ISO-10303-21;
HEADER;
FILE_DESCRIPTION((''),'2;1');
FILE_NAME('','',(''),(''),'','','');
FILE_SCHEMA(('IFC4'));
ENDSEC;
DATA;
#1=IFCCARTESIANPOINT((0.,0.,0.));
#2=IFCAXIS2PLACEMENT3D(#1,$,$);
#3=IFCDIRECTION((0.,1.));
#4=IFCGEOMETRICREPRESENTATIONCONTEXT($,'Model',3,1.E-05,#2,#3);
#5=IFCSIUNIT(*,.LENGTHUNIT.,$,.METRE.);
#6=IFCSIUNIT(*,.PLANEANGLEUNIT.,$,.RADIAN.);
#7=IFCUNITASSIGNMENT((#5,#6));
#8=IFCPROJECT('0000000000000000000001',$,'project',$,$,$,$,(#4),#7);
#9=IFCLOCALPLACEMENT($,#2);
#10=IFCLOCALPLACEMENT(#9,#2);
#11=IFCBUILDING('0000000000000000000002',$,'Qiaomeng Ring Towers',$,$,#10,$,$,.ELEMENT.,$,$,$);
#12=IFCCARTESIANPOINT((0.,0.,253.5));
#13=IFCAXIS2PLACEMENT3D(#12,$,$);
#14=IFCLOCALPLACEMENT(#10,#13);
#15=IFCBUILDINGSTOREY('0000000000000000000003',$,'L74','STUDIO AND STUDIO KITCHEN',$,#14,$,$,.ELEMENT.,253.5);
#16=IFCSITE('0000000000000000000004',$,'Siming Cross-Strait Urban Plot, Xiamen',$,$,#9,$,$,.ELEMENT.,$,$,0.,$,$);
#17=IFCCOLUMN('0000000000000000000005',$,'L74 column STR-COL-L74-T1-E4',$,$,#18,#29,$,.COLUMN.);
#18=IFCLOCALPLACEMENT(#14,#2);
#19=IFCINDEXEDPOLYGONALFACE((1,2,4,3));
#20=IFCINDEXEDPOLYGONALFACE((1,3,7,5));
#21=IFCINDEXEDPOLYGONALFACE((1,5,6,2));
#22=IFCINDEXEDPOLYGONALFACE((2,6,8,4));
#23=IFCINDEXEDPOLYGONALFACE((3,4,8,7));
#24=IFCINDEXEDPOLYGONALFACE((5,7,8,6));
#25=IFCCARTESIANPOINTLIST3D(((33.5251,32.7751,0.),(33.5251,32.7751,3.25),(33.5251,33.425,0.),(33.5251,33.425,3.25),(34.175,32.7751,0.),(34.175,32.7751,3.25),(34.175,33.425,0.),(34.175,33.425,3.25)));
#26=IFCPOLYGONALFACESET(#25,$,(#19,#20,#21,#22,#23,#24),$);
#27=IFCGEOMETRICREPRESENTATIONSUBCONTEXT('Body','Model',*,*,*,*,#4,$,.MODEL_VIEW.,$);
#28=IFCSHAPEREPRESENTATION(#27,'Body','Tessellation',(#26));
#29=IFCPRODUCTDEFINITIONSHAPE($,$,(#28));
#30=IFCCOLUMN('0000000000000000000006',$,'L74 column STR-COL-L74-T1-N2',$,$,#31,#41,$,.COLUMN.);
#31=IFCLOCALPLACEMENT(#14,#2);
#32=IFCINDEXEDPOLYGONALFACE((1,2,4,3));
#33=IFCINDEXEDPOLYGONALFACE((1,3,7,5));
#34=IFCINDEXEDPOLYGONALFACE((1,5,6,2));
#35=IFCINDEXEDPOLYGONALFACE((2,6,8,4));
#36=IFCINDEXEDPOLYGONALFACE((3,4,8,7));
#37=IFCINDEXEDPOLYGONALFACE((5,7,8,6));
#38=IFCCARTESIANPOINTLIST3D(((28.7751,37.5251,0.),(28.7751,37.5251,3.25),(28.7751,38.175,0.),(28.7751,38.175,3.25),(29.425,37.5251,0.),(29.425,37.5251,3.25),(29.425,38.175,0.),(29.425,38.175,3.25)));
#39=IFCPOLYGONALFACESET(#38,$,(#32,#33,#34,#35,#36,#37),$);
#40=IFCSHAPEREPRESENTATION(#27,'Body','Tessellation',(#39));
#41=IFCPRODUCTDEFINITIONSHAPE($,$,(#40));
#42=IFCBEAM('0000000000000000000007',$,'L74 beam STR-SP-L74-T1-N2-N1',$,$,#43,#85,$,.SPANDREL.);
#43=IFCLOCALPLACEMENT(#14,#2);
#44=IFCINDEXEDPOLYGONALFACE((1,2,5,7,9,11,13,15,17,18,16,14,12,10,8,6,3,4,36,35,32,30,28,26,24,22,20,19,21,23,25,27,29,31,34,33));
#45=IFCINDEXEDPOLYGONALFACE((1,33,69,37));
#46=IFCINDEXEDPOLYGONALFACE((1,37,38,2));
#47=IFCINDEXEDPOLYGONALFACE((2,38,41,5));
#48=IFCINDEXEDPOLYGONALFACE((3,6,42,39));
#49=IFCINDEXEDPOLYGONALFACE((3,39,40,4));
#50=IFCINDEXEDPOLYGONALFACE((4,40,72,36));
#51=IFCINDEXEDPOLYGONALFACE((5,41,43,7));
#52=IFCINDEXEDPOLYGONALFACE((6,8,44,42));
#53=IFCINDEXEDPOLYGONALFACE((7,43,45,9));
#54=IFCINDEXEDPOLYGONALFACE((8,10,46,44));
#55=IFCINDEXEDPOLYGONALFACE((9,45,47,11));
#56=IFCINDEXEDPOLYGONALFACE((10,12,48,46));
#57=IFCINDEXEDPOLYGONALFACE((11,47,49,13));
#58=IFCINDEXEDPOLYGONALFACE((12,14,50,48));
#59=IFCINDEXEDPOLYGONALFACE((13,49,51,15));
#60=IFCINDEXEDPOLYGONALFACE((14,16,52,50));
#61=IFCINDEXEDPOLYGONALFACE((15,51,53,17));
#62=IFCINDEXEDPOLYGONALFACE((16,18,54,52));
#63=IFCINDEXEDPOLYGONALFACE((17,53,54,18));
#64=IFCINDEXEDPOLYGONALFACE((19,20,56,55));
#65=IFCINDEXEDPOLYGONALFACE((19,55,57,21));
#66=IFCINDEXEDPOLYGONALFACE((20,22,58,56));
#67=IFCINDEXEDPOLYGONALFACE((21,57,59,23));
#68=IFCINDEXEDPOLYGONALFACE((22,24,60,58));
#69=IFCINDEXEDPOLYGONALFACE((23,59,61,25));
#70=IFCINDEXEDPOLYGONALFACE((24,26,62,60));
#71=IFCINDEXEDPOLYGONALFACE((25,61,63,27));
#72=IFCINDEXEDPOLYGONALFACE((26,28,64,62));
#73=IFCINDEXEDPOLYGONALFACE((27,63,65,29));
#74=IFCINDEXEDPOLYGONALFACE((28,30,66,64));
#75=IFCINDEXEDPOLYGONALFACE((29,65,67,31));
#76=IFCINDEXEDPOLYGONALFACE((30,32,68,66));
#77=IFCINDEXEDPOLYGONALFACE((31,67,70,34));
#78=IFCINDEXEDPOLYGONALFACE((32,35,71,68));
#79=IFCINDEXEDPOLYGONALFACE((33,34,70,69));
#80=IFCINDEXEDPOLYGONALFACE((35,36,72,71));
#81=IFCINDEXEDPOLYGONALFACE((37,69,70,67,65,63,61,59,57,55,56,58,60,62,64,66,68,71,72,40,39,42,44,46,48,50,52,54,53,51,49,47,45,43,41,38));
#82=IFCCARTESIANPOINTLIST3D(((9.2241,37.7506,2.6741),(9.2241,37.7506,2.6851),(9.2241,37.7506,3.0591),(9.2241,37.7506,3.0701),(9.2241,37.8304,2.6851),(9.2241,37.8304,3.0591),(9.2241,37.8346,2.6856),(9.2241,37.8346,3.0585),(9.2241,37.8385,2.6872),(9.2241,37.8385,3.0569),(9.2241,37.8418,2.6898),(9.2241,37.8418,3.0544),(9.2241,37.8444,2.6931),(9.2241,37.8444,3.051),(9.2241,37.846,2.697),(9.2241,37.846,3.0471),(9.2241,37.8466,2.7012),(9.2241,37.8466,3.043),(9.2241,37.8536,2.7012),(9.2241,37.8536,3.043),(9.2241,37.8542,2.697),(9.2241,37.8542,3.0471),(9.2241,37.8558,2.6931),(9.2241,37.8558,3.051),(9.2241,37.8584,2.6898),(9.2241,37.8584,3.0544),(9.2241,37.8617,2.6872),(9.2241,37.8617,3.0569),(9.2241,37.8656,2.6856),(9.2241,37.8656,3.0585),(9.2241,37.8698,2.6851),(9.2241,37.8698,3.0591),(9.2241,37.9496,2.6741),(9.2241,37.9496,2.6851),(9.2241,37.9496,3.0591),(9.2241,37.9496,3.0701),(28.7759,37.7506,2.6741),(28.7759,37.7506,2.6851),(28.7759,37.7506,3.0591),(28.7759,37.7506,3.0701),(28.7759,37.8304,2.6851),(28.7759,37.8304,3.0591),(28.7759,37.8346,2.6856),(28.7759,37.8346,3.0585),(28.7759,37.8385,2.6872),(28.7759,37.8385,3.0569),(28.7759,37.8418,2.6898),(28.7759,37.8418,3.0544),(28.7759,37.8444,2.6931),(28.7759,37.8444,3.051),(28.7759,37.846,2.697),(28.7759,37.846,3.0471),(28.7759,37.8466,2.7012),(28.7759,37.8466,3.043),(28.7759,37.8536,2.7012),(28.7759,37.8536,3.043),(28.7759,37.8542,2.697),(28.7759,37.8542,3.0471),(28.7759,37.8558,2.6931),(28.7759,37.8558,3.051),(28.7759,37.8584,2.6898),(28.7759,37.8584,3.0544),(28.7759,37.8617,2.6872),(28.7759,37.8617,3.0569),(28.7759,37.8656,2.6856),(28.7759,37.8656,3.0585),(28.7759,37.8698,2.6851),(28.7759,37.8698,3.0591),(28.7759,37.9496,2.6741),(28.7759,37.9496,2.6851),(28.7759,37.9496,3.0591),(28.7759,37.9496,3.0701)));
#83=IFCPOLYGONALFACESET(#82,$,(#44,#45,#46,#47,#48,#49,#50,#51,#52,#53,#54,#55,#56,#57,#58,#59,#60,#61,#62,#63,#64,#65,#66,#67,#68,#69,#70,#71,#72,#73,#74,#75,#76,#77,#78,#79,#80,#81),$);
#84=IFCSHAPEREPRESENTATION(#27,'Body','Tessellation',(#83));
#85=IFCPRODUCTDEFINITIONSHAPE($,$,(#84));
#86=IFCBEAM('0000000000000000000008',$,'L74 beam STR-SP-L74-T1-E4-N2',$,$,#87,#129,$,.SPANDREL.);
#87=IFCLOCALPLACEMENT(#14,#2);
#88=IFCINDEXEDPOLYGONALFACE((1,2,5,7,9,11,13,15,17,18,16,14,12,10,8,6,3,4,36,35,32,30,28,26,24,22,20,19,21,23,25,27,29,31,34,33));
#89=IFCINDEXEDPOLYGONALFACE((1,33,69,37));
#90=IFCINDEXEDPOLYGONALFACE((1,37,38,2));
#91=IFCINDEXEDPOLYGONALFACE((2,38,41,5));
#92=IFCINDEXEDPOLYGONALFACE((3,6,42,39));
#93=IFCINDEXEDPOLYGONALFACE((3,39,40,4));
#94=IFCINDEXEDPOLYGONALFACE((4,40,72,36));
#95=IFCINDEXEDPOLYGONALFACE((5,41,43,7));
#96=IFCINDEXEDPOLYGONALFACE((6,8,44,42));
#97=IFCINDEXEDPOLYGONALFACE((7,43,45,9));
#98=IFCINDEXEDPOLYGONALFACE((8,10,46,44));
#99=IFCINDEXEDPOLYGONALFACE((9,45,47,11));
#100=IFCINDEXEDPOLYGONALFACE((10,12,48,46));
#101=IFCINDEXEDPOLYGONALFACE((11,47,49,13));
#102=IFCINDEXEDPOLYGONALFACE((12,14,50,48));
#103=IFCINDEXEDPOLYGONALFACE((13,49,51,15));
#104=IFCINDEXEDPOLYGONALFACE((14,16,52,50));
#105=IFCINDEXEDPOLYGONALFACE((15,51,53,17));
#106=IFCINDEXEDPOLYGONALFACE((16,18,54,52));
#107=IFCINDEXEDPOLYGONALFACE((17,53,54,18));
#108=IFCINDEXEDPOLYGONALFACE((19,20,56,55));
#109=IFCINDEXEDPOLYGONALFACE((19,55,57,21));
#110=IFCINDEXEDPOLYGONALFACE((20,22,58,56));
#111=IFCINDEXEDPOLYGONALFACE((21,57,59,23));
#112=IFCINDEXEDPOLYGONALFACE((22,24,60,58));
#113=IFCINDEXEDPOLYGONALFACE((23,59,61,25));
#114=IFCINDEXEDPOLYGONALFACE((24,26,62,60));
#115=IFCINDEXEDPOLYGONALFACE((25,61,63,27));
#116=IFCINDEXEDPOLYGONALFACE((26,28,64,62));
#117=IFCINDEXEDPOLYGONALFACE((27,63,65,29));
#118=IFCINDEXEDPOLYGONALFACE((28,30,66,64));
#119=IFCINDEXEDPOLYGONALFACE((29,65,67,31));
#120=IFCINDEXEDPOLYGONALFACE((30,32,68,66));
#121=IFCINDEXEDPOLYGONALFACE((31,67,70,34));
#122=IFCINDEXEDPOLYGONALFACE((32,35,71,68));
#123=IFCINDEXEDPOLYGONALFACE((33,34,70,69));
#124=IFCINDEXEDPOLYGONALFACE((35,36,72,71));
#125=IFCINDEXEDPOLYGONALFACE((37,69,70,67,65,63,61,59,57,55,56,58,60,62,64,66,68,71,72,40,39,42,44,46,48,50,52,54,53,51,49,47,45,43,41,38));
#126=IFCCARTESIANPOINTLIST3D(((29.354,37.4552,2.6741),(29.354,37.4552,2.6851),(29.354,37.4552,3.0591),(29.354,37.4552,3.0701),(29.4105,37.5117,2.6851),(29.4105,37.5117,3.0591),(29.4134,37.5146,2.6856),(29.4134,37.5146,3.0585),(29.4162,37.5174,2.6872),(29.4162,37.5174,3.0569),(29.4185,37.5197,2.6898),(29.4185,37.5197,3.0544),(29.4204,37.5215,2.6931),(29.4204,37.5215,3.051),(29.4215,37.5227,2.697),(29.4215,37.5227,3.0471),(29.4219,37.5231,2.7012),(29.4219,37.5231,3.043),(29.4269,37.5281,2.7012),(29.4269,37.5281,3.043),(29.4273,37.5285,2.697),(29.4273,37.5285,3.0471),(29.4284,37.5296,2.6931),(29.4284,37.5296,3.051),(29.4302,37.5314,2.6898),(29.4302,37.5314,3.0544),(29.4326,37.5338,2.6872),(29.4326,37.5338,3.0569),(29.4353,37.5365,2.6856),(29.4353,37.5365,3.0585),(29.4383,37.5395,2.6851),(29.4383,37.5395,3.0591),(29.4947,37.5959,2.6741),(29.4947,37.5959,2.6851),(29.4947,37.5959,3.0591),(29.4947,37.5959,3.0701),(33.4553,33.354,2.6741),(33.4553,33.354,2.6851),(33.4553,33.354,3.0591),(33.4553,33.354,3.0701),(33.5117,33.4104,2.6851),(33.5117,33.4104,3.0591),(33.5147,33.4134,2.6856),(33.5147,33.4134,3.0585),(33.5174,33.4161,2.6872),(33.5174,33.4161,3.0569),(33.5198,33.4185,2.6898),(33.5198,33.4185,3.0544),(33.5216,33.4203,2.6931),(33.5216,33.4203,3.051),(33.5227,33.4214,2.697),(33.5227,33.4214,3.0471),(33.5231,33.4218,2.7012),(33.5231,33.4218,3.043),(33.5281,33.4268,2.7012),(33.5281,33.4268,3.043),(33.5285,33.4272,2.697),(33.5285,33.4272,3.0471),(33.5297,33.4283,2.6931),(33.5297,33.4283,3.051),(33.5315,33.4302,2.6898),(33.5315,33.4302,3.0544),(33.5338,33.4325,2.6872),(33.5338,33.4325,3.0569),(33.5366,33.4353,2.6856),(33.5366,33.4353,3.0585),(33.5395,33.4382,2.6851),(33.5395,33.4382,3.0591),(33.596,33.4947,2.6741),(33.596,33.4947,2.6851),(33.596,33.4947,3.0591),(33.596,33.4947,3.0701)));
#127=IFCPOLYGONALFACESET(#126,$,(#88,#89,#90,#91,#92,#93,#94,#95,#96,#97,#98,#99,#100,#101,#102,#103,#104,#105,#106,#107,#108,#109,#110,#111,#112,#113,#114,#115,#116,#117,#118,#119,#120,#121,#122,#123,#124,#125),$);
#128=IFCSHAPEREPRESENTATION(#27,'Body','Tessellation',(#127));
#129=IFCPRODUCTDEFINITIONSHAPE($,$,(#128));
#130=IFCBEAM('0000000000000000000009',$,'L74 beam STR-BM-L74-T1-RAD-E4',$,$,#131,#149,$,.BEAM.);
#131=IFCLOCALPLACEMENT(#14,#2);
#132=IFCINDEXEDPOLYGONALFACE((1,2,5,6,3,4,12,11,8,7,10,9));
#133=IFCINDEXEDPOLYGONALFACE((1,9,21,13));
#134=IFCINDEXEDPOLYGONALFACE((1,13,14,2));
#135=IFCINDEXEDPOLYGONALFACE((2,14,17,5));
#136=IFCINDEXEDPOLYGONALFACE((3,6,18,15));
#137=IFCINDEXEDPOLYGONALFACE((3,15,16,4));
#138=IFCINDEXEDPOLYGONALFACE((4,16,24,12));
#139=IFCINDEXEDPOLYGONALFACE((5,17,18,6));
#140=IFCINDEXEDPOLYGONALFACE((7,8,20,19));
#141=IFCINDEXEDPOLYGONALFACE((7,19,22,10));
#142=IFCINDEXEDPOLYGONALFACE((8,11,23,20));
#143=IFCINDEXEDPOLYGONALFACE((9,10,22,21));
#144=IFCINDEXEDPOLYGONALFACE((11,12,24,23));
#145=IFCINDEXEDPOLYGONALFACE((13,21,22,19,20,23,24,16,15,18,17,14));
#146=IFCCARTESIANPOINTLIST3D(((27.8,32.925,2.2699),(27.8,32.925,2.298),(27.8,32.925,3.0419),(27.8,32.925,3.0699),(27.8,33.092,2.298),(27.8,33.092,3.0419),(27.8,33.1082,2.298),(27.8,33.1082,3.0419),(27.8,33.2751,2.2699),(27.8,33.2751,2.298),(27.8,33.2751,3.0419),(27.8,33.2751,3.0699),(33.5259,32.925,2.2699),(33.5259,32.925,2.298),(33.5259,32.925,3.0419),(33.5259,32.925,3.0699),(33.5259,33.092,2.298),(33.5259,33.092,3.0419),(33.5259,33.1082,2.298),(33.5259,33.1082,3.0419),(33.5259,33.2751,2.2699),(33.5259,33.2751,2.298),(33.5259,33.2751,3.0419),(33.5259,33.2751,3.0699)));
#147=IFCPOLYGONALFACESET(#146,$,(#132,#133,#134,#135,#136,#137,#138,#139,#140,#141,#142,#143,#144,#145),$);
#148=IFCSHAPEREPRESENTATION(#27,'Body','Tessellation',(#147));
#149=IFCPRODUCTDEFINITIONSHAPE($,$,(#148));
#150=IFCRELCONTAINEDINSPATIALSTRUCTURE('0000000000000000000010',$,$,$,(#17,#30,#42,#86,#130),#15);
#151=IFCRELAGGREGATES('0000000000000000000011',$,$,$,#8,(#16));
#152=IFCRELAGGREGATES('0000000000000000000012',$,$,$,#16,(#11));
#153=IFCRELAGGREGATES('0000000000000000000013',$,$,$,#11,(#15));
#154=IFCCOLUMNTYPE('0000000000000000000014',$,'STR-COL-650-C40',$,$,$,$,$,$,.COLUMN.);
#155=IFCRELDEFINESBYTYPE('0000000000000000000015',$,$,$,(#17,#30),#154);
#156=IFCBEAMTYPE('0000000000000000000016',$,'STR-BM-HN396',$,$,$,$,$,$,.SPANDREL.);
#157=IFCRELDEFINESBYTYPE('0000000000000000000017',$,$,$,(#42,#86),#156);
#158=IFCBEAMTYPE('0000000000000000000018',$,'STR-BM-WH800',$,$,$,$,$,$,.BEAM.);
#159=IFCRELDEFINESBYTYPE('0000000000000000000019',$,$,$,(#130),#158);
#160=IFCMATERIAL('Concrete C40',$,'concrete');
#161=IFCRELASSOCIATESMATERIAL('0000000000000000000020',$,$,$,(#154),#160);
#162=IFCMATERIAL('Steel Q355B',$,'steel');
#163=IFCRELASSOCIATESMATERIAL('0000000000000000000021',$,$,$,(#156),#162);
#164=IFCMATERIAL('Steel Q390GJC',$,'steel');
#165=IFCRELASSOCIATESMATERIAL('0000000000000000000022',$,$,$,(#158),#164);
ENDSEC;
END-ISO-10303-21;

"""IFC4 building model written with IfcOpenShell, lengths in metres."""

from ifc_helpers import new_model, si_unit, direction, frame, origin, origin_2d, place, context, subcontext, project, spatial, rectangle, i_section, extrude, source, transform, mapped, material, material_profile, profile_set, type_object, element, save


model = new_model("IFC4")

# Units and contexts
model_context = context("Model", 3, precision=1e-05, world=origin(), true_north=direction((0.0, 1.0)))
body_context = subcontext(model_context, "Body", "Model", "MODEL_VIEW")
ifc_project = project(units=[si_unit("LENGTHUNIT", "METRE"), si_unit("PLANEANGLEUNIT", "RADIAN")], contexts=[model_context])

# Site, building, storey
site_placement = place(None, origin())
site = spatial("IfcSite", under=ifc_project, at=site_placement, Name="Siming Cross-Strait Urban Plot, Xiamen", CompositionType="ELEMENT", RefElevation=0.0)
building_placement = place(site_placement, origin())
building = spatial("IfcBuilding", under=site, at=building_placement, Name="Qiaomeng Ring Towers", CompositionType="ELEMENT")
storey_placement = place(building_placement, frame((0.0, 0.0, 253.5)))
storey = spatial("IfcBuildingStorey", under=building, at=storey_placement, Name="L74", Description="STUDIO AND STUDIO KITCHEN", CompositionType="ELEMENT", Elevation=253.5)

# Columns
ifc_material_1 = material(Name="Concrete C40", Category="concrete")
ifc_material_profile_1 = material_profile(ifc_material_1, rectangle(XDim=0.6499, YDim=0.6499, at=origin_2d()), Name="RC COL 650x650")
ifc_profile_set_1 = profile_set([ifc_material_profile_1], Name="Concrete C40")
column_type = type_object("IfcColumnType", Name="STR-COL-650-C40", PredefinedType="COLUMN", material=ifc_profile_set_1)
shared_shape_1 = source(origin(), body_context, "Body", "SweptSolid", [
    extrude(rectangle(XDim=0.6499, YDim=0.6499, at=origin_2d()), origin(), (0.0, 0.0, 1.0), 3.25),
])
for number, where, z_axis, x_axis, name in (
    (1, (33.8501, 33.1001, 0.0), (0.0, 0.0, 1.0), (1.0, 0.0, 0.0), "L74 column STR-COL-L74-T1-E4"),
    (2, (29.1001, 37.8501, 0.0), (0.0, 0.0, 1.0), (1.0, 0.0, 0.0), "L74 column STR-COL-L74-T1-N2"),
):
    element("IfcColumn", number, at=place(storey_placement, frame(where, z_axis=z_axis, x_axis=x_axis)), inside=storey, type_object=column_type, Name=name, PredefinedType="COLUMN", context=body_context, shape_type="MappedRepresentation", body=[
        mapped(shared_shape_1, transform((0.0, 0.0, 0.0), x_axis=(1.0, 0.0, 0.0), y_axis=(0.0, 1.0, 0.0), z_axis=(0.0, 0.0, 1.0), scale=1.0)),
    ])

# Beams
ifc_material_2 = material(Name="Steel Q355B", Category="steel")
ifc_material_profile_2 = material_profile(ifc_material_2, i_section(OverallWidth=0.199, OverallDepth=0.396, WebThickness=0.0071, FlangeThickness=0.011, FilletRadius=0.0161, at=origin_2d()), Name="HN 396x199x7x11")
ifc_profile_set_2 = profile_set([ifc_material_profile_2], Name="Steel Q355B")
beam_type_1 = type_object("IfcBeamType", Name="STR-BM-HN396", PredefinedType="SPANDREL", material=ifc_profile_set_2)
shared_shape_2 = source(origin(), body_context, "Body", "SweptSolid", [
    extrude(i_section(OverallWidth=0.199, OverallDepth=0.396, WebThickness=0.0071, FlangeThickness=0.011, FilletRadius=0.0161, at=origin_2d()), origin(), (0.0, 0.0, 1.0), 19.5518),
])
beam_1_placement = place(storey_placement, frame((28.7759, 37.8501, 2.8721), z_axis=(-1.0, 0.0, 0.0), x_axis=(0.0, -1.0, 0.0)))
element("IfcBeam", 3, at=beam_1_placement, inside=storey, type_object=beam_type_1, Name="L74 beam STR-SP-L74-T1-N2-N1", PredefinedType="SPANDREL", context=body_context, shape_type="MappedRepresentation", body=[
    mapped(shared_shape_2, transform((0.0, 0.0, 0.0), x_axis=(1.0, 0.0, 0.0), y_axis=(0.0, 1.0, 0.0), z_axis=(0.0, 0.0, 1.0), scale=1.0)),
])
shared_shape_3 = source(origin(), body_context, "Body", "SweptSolid", [
    extrude(i_section(OverallWidth=0.199, OverallDepth=0.396, WebThickness=0.0071, FlangeThickness=0.011, FilletRadius=0.0161, at=origin_2d()), origin(), (0.0, 0.0, 1.0), 5.8),
])
beam_2_placement = place(storey_placement, frame((33.5256, 33.4243, 2.8721), z_axis=(-0.707107, 0.707107, 0.0), x_axis=(-0.707107, -0.707107, 0.0)))
element("IfcBeam", 4, at=beam_2_placement, inside=storey, type_object=beam_type_1, Name="L74 beam STR-SP-L74-T1-E4-N2", PredefinedType="SPANDREL", context=body_context, shape_type="MappedRepresentation", body=[
    mapped(shared_shape_3, transform((0.0, 0.0, 0.0), x_axis=(1.0, 0.0, 0.0), y_axis=(0.0, 1.0, 0.0), z_axis=(0.0, 0.0, 1.0), scale=1.0)),
])
ifc_material_3 = material(Name="Steel Q390GJC", Category="steel")
ifc_material_profile_3 = material_profile(ifc_material_3, i_section(OverallWidth=0.3501, OverallDepth=0.8, WebThickness=0.0161, FlangeThickness=0.0281, at=origin_2d()), Name="WH 800x350x16x28")
ifc_profile_set_3 = profile_set([ifc_material_profile_3], Name="Steel Q390GJC")
beam_type_2 = type_object("IfcBeamType", Name="STR-BM-WH800", PredefinedType="BEAM", material=ifc_profile_set_3)
shared_shape_4 = source(origin(), body_context, "Body", "SweptSolid", [
    extrude(i_section(OverallWidth=0.3501, OverallDepth=0.8, WebThickness=0.0161, FlangeThickness=0.0281, at=origin_2d()), origin(), (0.0, 0.0, 1.0), 5.7258),
])
beam_3_placement = place(storey_placement, frame((27.8, 33.1001, 2.6699), z_axis=(1.0, 0.0, 0.0), x_axis=(0.0, 1.0, 0.0)))
element("IfcBeam", 5, at=beam_3_placement, inside=storey, type_object=beam_type_2, Name="L74 beam STR-BM-L74-T1-RAD-E4", PredefinedType="BEAM", context=body_context, shape_type="MappedRepresentation", body=[
    mapped(shared_shape_4, transform((0.0, 0.0, 0.0), x_axis=(1.0, 0.0, 0.0), y_axis=(0.0, 1.0, 0.0), z_axis=(0.0, 0.0, 1.0), scale=1.0)),
])

save(model, "model.ifc")
